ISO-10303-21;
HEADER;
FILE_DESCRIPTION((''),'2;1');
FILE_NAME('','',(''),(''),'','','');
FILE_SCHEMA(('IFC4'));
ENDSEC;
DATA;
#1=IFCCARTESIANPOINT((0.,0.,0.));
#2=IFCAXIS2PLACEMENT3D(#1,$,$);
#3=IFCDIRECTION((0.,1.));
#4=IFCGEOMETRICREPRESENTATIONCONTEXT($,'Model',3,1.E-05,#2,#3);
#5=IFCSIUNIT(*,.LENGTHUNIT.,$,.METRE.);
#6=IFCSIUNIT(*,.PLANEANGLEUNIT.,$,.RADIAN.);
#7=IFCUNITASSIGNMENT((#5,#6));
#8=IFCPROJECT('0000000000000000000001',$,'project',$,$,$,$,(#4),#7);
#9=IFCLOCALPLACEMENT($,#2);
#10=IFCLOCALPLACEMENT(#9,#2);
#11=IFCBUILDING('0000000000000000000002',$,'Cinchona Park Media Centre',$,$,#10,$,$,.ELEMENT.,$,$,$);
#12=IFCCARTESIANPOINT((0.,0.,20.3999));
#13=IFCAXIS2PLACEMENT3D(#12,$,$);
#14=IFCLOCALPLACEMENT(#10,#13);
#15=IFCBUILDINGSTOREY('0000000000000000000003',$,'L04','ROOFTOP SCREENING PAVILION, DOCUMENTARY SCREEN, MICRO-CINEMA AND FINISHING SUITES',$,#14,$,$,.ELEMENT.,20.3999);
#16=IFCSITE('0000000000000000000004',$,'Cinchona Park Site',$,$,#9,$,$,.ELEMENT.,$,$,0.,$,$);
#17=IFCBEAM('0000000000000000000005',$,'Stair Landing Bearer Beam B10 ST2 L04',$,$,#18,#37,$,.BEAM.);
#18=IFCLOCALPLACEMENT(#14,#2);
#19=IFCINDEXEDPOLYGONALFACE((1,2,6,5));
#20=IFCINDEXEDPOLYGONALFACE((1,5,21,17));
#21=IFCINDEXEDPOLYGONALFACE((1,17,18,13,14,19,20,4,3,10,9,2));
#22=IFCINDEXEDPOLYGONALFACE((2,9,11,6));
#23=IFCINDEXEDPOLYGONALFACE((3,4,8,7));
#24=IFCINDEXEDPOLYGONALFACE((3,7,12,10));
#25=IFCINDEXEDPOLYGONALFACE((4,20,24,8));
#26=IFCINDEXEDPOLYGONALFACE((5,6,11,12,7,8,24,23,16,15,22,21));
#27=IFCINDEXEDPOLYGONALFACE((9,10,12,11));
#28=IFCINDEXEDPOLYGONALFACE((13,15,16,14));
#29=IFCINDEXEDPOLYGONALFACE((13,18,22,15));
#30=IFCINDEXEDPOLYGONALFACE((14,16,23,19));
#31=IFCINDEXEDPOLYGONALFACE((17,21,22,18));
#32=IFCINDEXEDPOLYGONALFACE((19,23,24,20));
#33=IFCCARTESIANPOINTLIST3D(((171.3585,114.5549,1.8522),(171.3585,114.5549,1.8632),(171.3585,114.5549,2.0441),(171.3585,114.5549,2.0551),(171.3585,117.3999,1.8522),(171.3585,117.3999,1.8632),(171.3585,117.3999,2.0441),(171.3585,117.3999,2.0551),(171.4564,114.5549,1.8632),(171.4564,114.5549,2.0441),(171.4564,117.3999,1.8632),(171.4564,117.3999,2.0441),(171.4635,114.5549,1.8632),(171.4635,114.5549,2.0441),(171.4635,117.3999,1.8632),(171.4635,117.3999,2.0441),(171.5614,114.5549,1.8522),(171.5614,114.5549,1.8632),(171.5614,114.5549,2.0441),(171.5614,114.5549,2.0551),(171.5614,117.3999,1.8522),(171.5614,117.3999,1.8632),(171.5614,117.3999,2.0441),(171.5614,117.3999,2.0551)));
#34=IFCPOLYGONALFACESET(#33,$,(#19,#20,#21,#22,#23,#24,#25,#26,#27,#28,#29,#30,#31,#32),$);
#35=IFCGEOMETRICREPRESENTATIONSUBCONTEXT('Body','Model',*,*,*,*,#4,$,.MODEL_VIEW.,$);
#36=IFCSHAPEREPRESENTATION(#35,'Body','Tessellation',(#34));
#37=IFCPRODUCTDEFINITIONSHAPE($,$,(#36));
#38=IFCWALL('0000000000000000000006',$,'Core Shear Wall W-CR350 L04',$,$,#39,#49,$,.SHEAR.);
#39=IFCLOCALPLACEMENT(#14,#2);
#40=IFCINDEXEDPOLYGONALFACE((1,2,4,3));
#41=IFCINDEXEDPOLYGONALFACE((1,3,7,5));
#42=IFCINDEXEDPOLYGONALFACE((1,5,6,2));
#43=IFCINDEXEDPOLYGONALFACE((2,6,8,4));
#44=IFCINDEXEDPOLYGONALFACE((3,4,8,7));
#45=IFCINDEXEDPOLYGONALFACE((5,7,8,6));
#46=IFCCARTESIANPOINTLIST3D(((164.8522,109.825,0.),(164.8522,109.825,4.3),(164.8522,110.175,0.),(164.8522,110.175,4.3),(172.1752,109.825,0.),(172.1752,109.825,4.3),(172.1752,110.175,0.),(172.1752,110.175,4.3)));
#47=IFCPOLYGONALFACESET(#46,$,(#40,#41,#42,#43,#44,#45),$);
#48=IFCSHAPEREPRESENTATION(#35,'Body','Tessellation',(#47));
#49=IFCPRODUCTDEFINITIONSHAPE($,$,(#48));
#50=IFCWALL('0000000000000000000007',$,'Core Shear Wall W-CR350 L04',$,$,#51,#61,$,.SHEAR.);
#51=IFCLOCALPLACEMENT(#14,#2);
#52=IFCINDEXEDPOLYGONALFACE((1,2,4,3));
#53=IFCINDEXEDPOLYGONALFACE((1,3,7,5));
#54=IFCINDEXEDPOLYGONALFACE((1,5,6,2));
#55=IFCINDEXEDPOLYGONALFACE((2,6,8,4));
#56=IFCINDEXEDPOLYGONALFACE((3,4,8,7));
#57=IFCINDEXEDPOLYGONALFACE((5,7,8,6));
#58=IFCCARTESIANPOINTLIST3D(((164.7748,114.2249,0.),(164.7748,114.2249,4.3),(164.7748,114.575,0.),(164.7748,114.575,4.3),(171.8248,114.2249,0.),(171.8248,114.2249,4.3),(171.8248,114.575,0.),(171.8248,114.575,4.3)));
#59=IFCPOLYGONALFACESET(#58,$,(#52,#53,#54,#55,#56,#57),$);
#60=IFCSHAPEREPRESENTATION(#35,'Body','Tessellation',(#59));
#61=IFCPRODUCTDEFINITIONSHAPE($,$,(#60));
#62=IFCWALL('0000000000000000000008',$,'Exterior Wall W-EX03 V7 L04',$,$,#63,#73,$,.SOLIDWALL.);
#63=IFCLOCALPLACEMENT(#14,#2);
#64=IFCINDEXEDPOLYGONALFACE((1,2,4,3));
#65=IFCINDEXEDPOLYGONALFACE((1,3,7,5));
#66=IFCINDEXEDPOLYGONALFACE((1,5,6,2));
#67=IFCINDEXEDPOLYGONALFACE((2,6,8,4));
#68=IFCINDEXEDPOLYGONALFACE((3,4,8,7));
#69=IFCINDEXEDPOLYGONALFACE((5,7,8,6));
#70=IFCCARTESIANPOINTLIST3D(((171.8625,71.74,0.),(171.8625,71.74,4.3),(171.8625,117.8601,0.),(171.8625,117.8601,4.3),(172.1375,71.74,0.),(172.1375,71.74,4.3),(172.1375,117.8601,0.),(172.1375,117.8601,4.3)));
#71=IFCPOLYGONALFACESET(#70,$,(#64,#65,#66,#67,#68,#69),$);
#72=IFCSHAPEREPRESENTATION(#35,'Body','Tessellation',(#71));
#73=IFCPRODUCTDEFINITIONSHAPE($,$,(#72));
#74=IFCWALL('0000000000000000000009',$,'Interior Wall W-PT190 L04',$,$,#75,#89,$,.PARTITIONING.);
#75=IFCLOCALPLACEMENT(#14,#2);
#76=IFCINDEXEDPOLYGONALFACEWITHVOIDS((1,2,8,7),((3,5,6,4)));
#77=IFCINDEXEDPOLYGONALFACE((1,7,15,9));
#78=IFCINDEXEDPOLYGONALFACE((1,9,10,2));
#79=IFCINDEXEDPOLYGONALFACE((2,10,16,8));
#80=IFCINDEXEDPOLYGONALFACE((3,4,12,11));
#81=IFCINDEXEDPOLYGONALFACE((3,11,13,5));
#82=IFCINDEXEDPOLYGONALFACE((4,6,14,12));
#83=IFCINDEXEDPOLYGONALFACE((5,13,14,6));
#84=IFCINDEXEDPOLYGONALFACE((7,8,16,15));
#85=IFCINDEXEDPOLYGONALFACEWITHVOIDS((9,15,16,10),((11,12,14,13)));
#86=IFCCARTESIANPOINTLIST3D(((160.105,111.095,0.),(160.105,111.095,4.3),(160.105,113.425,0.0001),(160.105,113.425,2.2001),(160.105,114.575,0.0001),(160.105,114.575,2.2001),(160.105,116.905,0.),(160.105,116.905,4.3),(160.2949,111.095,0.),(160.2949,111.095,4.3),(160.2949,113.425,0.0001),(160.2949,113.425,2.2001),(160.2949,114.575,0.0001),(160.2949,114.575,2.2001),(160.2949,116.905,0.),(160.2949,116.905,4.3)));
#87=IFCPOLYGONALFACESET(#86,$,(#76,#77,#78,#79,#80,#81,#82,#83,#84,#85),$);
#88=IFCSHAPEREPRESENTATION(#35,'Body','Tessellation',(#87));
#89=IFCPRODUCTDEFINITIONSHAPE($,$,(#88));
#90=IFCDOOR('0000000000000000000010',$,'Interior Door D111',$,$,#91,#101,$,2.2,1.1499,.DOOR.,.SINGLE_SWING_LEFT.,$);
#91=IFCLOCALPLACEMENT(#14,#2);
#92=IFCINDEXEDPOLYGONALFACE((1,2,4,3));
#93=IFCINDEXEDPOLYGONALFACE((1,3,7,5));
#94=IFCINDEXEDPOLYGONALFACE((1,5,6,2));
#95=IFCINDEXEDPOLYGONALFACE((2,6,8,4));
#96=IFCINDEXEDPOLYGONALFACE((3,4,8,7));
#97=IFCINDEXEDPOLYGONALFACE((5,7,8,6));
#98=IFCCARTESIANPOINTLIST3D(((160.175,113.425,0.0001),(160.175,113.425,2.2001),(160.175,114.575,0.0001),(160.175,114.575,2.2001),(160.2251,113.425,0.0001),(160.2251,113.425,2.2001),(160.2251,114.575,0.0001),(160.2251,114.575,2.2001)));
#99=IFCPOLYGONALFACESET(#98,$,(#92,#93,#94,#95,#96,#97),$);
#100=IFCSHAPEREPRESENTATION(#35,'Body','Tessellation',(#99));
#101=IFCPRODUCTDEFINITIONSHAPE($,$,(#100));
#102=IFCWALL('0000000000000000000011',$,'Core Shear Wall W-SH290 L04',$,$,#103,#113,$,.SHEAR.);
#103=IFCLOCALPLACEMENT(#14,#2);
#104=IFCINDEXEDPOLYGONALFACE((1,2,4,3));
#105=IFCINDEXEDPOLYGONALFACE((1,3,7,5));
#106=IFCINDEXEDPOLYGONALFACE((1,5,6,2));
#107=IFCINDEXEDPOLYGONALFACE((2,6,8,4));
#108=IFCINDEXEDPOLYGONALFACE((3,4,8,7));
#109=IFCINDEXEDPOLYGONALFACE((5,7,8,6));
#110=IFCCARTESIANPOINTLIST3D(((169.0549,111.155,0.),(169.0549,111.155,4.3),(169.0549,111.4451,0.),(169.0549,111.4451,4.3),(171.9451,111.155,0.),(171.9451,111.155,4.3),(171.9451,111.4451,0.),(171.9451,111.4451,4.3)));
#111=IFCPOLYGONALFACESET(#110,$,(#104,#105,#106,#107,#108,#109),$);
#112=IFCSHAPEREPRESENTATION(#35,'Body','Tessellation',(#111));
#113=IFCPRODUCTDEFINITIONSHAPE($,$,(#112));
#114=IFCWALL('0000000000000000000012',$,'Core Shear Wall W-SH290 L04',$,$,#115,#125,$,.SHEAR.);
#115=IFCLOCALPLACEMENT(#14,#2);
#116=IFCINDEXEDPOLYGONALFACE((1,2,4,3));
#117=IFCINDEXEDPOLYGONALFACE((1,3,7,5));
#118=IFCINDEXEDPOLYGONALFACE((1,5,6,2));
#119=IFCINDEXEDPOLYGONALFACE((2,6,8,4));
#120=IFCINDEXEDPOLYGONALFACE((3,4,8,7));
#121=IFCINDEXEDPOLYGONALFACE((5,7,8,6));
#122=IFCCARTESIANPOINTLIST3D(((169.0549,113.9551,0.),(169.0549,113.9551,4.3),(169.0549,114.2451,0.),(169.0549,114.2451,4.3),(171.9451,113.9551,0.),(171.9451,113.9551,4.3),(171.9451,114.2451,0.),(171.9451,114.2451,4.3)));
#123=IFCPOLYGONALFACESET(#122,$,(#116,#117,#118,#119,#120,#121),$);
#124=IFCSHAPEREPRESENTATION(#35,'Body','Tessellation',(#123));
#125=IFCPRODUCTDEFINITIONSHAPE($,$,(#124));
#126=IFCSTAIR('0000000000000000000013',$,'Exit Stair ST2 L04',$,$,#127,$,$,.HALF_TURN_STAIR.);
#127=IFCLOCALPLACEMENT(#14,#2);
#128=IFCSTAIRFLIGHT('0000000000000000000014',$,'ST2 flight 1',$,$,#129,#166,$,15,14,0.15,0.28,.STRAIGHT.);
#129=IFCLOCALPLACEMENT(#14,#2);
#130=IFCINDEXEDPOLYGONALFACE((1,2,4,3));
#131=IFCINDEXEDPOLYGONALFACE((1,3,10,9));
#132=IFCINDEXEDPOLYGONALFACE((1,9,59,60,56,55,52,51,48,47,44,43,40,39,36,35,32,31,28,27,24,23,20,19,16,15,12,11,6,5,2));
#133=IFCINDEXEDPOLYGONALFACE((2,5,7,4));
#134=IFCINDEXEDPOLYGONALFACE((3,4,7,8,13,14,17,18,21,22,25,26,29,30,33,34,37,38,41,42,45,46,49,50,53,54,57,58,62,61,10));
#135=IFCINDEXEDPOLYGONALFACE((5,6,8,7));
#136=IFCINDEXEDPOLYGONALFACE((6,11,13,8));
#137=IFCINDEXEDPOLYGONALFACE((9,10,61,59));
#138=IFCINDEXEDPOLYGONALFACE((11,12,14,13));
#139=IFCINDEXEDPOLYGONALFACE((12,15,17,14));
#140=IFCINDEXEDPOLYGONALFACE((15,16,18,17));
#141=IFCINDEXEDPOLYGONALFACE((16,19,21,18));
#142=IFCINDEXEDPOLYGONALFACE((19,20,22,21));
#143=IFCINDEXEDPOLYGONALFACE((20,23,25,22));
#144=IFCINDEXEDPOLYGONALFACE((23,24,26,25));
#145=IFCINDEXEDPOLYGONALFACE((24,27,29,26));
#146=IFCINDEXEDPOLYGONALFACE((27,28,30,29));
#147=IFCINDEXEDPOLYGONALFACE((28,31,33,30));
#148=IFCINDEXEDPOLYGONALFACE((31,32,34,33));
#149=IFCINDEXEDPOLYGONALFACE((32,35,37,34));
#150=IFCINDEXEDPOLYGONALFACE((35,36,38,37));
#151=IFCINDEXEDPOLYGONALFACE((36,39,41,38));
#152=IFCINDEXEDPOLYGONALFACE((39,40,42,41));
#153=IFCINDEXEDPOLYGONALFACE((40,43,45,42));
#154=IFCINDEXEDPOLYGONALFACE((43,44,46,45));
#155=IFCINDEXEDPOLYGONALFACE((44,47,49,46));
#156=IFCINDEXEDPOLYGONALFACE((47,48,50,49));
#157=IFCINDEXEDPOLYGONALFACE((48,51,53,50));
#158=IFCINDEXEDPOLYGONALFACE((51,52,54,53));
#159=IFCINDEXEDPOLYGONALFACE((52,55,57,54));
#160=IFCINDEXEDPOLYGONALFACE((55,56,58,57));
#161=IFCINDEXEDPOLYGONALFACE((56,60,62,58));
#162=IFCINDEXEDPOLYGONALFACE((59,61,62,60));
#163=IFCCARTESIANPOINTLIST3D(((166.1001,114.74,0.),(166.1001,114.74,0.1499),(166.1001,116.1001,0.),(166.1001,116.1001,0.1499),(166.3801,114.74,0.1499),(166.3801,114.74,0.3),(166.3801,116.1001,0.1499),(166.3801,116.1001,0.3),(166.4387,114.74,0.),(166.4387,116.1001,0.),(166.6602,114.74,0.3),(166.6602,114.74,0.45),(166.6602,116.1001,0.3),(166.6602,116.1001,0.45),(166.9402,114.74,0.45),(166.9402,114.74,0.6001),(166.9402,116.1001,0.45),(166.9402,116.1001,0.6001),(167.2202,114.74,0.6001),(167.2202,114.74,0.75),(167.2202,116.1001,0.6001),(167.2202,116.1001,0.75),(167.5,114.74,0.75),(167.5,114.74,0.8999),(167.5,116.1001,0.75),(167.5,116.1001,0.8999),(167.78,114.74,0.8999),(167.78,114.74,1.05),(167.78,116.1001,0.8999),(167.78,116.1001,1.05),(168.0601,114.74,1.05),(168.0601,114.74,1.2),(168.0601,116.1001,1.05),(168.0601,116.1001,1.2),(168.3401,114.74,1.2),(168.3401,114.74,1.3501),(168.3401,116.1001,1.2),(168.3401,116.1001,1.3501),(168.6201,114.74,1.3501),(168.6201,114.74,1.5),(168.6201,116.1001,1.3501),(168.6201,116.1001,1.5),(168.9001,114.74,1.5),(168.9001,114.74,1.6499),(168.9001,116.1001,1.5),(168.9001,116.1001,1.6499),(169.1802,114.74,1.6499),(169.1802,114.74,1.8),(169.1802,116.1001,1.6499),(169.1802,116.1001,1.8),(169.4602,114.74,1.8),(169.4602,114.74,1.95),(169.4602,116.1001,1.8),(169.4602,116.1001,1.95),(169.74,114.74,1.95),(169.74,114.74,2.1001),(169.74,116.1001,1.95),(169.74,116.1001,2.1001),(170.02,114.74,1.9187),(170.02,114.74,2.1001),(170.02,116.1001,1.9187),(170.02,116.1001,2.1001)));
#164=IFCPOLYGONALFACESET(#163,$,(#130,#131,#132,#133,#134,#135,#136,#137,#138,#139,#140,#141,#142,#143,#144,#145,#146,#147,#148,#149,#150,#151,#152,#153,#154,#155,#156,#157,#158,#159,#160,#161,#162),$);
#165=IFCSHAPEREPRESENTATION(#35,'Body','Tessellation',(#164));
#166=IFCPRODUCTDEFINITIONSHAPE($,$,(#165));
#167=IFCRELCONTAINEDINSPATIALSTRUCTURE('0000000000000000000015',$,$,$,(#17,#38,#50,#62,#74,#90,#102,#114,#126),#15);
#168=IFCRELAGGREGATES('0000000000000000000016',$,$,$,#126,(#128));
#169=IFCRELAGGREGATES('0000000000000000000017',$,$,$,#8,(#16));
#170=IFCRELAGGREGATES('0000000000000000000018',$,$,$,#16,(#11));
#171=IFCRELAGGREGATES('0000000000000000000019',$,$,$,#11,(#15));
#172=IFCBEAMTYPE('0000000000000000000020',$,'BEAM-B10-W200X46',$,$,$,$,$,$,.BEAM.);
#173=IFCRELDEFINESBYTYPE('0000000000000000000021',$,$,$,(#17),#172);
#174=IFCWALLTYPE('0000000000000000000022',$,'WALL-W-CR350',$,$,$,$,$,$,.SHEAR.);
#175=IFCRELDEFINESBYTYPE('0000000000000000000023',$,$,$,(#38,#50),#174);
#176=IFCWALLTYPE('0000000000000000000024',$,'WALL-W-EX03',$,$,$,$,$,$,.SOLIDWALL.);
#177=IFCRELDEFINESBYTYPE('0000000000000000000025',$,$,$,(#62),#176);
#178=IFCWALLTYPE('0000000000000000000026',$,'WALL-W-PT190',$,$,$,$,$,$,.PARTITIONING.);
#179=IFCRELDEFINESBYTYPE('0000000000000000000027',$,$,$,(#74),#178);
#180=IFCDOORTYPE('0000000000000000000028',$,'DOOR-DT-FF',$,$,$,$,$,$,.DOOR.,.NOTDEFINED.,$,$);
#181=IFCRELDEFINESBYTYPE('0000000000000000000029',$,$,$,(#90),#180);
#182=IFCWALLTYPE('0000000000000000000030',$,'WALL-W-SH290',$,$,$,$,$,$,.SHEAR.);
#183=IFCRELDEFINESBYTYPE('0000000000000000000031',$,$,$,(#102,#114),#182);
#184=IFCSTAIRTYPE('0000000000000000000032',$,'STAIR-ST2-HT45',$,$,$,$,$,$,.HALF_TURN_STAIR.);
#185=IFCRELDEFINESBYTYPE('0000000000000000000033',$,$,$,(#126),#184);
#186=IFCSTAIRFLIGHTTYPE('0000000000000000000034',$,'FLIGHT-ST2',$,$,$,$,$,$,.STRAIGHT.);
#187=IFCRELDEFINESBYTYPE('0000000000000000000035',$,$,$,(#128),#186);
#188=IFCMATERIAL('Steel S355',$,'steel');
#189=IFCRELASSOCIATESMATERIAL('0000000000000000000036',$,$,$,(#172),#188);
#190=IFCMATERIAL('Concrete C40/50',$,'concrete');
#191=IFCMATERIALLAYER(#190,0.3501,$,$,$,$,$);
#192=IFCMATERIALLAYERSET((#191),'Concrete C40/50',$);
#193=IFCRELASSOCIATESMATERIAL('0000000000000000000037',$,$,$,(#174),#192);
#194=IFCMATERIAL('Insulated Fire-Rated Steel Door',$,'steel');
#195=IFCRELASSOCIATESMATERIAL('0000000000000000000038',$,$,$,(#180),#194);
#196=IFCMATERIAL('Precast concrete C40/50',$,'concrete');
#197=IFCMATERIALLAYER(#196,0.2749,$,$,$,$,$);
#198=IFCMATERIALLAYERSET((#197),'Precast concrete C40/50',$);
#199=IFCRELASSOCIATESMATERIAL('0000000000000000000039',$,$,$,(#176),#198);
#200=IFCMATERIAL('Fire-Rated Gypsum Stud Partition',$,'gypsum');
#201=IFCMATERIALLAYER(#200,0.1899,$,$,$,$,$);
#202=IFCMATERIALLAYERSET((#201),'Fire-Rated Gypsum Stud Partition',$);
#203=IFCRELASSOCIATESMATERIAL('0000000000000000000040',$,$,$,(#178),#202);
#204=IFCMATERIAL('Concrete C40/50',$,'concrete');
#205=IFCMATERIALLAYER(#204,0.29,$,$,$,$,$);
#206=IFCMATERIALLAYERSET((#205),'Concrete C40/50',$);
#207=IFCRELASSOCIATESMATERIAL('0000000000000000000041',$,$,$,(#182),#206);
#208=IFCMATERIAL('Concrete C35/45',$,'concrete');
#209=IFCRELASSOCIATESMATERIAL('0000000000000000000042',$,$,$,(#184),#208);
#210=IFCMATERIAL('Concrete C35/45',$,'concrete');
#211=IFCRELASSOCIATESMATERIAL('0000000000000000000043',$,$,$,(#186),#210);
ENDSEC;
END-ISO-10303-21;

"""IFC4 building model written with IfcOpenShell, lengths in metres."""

from ifc_helpers import new_model, si_unit, direction, frame, frame_2d, origin, origin_2d, place, context, subcontext, project, spatial, polyline, rectangle, i_section, outline, extrude, material, layer, layer_set, material_profile, profile_set, type_object, element, fill, aggregate, save


model = new_model("IFC4")

# Units and contexts
model_context = context("Model", 3, precision=1e-05, world=origin(), true_north=direction((0.0, 1.0)))
body_context = subcontext(model_context, "Body", "Model", "MODEL_VIEW")
ifc_project = project(units=[si_unit("LENGTHUNIT", "METRE"), si_unit("PLANEANGLEUNIT", "RADIAN")], contexts=[model_context])

# Site, building, storey
site_placement = place(None, origin())
site = spatial("IfcSite", under=ifc_project, at=site_placement, Name="Cinchona Park Site", CompositionType="ELEMENT", RefElevation=0.0)
building_placement = place(site_placement, origin())
building = spatial("IfcBuilding", under=site, at=building_placement, Name="Cinchona Park Media Centre", CompositionType="ELEMENT")
storey_placement = place(building_placement, frame((0.0, 0.0, 20.3999)))
storey = spatial("IfcBuildingStorey", under=building, at=storey_placement, Name="L04", Description="ROOFTOP SCREENING PAVILION, DOCUMENTARY SCREEN, MICRO-CINEMA AND FINISHING SUITES", CompositionType="ELEMENT", Elevation=20.3999)

# Beam
ifc_material_1 = material(Name="Steel S355", Category="steel")
ifc_material_profile_1 = material_profile(ifc_material_1, i_section(OverallWidth=0.2029, OverallDepth=0.2029, WebThickness=0.0071, FlangeThickness=0.011, at=origin_2d()), Name="W200X46")
ifc_profile_set_1 = profile_set([ifc_material_profile_1], Name="Steel S355")
beam_type_1 = type_object("IfcBeamType", Name="BEAM-B10-W200X46", PredefinedType="BEAM", material=ifc_profile_set_1)
for number, where, z_axis, x_axis, name in (
    (1, (171.46, 114.5549, 1.9536), (0.0, 1.0, 0.0), (-1.0, 0.0, 0.0), "Stair Landing Bearer Beam B10 ST2 L04"),
):
    element("IfcBeam", number, at=place(storey_placement, frame(where, z_axis=z_axis, x_axis=x_axis)), inside=storey, type_object=beam_type_1, Name=name, PredefinedType="BEAM", context=body_context, shape_type="SweptSolid", body=[
        extrude(i_section(OverallWidth=0.2029, OverallDepth=0.2029, WebThickness=0.0071, FlangeThickness=0.011, at=origin_2d()), origin(), (0.0, 0.0, 1.0), 2.845),
    ])

# Wall
ifc_material_2 = material(Name="Concrete C40/50", Category="concrete")
ifc_layer_1 = layer(ifc_material_2, 0.3501)
ifc_layer_set_1 = layer_set([ifc_layer_1], Name="Concrete C40/50")
wall_type_1 = type_object("IfcWallType", Name="WALL-W-CR350", PredefinedType="SHEAR", material=ifc_layer_set_1)
wall_1_placement = place(storey_placement, frame((164.8521, 110.0, 0.0), z_axis=(0.0, 0.0, 1.0), x_axis=(1.0, 0.0, 0.0)))
element("IfcWall", 2, at=wall_1_placement, inside=storey, type_object=wall_type_1, Name="Core Shear Wall W-CR350 L04", PredefinedType="SHEAR", context=body_context, shape_type="SweptSolid", body=[
    extrude(rectangle(XDim=7.323, YDim=0.3501, at=frame_2d((3.6616, 0.0))), origin(), (0.0, 0.0, 1.0), 4.3),
])

# Shared definitions
ifc_material_3 = material(Name="Insulated Fire-Rated Steel Door", Category="steel")
door_type_1 = type_object("IfcDoorType", Name="DOOR-DT-FF", OperationType="NOTDEFINED", PredefinedType="DOOR", material=ifc_material_3)

# Walls
wall_2_placement = place(storey_placement, frame((164.7749, 114.3999, 0.0), z_axis=(0.0, 0.0, 1.0), x_axis=(1.0, 0.0, 0.0)))
element("IfcWall", 3, at=wall_2_placement, inside=storey, type_object=wall_type_1, Name="Core Shear Wall W-CR350 L04", PredefinedType="SHEAR", context=body_context, shape_type="SweptSolid", body=[
    extrude(rectangle(XDim=7.05, YDim=0.3501, at=frame_2d((3.5249, 0.0))), origin(), (0.0, 0.0, 1.0), 4.3),
])
ifc_material_4 = material(Name="Precast concrete C40/50", Category="concrete")
ifc_layer_2 = layer(ifc_material_4, 0.2749)
ifc_layer_set_2 = layer_set([ifc_layer_2], Name="Precast concrete C40/50")
wall_type_2 = type_object("IfcWallType", Name="WALL-W-EX03", PredefinedType="SOLIDWALL", material=ifc_layer_set_2)
wall_3_placement = place(storey_placement, frame((172.0, 117.8601, 0.0), z_axis=(0.0, 0.0, 1.0), x_axis=(0.0, -1.0, 0.0)))
element("IfcWall", 4, at=wall_3_placement, inside=storey, type_object=wall_type_2, Name="Exterior Wall W-EX03 V7 L04", PredefinedType="SOLIDWALL", context=body_context, shape_type="SweptSolid", body=[
    extrude(rectangle(XDim=46.1201, YDim=0.2749, at=frame_2d((23.0601, 0.0))), origin(), (0.0, 0.0, 1.0), 4.3),
])

# Wall, opening, door
ifc_material_5 = material(Name="Fire-Rated Gypsum Stud Partition", Category="gypsum")
ifc_layer_3 = layer(ifc_material_5, 0.1899)
ifc_layer_set_3 = layer_set([ifc_layer_3], Name="Fire-Rated Gypsum Stud Partition")
wall_type_3 = type_object("IfcWallType", Name="WALL-W-PT190", PredefinedType="PARTITIONING", material=ifc_layer_set_3)
wall_4_placement = place(storey_placement, frame((160.2, 111.095, 0.0), z_axis=(0.0, 0.0, 1.0), x_axis=(0.0, 1.0, 0.0)))
wall_4 = element("IfcWall", 5, at=wall_4_placement, inside=storey, type_object=wall_type_3, Name="Interior Wall W-PT190 L04", PredefinedType="PARTITIONING", context=body_context, shape_type="SweptSolid", body=[
    extrude(rectangle(XDim=5.8101, YDim=0.1899, at=frame_2d((2.905, 0.0))), origin(), (0.0, 0.0, 1.0), 4.3),
])
opening_1_placement = place(wall_4_placement, frame((2.3301, 0.0, 0.0)))
opening_1 = element("IfcOpeningElement", 6, at=opening_1_placement, cuts=wall_4, PredefinedType="OPENING", context=body_context, shape_type="SweptSolid", body=[
    extrude(rectangle(XDim=1.1499, YDim=2.2, at=frame_2d((0.575, 1.1001))), frame((0.0, 0.105, 0.0), z_axis=(0.0, -1.0, 0.0), x_axis=(1.0, 0.0, 0.0)), (0.0, 0.0, 1.0), 0.21),
])
door_1_placement = place(opening_1_placement, origin())
door_1 = element("IfcDoor", 7, at=door_1_placement, inside=storey, type_object=door_type_1, Name="Interior Door D111", OperationType="SINGLE_SWING_LEFT", OverallHeight=2.2, OverallWidth=1.1499, PredefinedType="DOOR", context=body_context, shape_type="SweptSolid", body=[
    extrude(rectangle(XDim=1.1499, YDim=2.2, at=frame_2d((0.575, 1.1001))), frame((0.0, 0.0249, 0.0), z_axis=(0.0, -1.0, 0.0), x_axis=(1.0, 0.0, 0.0)), (0.0, 0.0, 1.0), 0.05),
])
fill(opening_1, door_1)

# Walls
ifc_material_6 = material(Name="Concrete C40/50", Category="concrete")
ifc_layer_4 = layer(ifc_material_6, 0.29)
ifc_layer_set_4 = layer_set([ifc_layer_4], Name="Concrete C40/50")
wall_type_4 = type_object("IfcWallType", Name="WALL-W-SH290", PredefinedType="SHEAR", material=ifc_layer_set_4)
for number, where, z_axis, x_axis, name in (
    (8, (169.0549, 111.3, 0.0), (0.0, 0.0, 1.0), (1.0, 0.0, 0.0), "Core Shear Wall W-SH290 L04"),
    (9, (169.0549, 114.1001, 0.0), (0.0, 0.0, 1.0), (1.0, 0.0, 0.0), "Core Shear Wall W-SH290 L04"),
):
    element("IfcWall", number, at=place(storey_placement, frame(where, z_axis=z_axis, x_axis=x_axis)), inside=storey, type_object=wall_type_4, Name=name, PredefinedType="SHEAR", context=body_context, shape_type="SweptSolid", body=[
        extrude(rectangle(XDim=2.8901, YDim=0.29, at=frame_2d((1.4451, 0.0))), origin(), (0.0, 0.0, 1.0), 4.3),
    ])

# Stair, stair flight
ifc_material_7 = material(Name="Concrete C35/45", Category="concrete")
stair_type = type_object("IfcStairType", Name="STAIR-ST2-HT45", PredefinedType="HALF_TURN_STAIR", material=ifc_material_7)
stair_placement = place(storey_placement, origin())
stair = element("IfcStair", 10, at=stair_placement, inside=storey, type_object=stair_type, Name="Exit Stair ST2 L04", PredefinedType="HALF_TURN_STAIR")
ifc_material_8 = material(Name="Concrete C35/45", Category="concrete")
stair_flight_type = type_object("IfcStairFlightType", Name="FLIGHT-ST2", PredefinedType="STRAIGHT", material=ifc_material_8)
stair_flight_1_placement = place(storey_placement, frame((166.1001, 115.4199, 0.0), z_axis=(0.0, 0.0, 1.0), x_axis=(1.0, 0.0, 0.0)))
stair_flight_1 = element("IfcStairFlight", 11, at=stair_flight_1_placement, type_object=stair_flight_type, Name="ST2 flight 1", NumberOfRisers=15, NumberOfTreads=14, PredefinedType="STRAIGHT", RiserHeight=0.15, TreadLength=0.28, context=body_context, shape_type="SweptSolid", body=[
    extrude(outline(polyline([(0.0, 0.0), (0.0, 0.1499), (0.28, 0.1499), (0.28, 0.3), (0.5601, 0.3), (0.5601, 0.45), (0.8401, 0.45), (0.8401, 0.6001), (1.1201, 0.6001), (1.1201, 0.75), (1.3999, 0.75), (1.3999, 0.8999), (1.6799, 0.8999), (1.6799, 1.05), (1.96, 1.05), (1.96, 1.2), (2.24, 1.2), (2.24, 1.3501), (2.52, 1.3501), (2.52, 1.5), (2.8, 1.5), (2.8, 1.6499), (3.0801, 1.6499), (3.0801, 1.8), (3.3601, 1.8), (3.3601, 1.95), (3.6399, 1.95), (3.6399, 2.1001), (3.9199, 2.1001), (3.9199, 2.25), (3.9199, 1.9187), (0.3386, 0.0), (0.0, 0.0)])), frame((0.0, 0.6802, 0.0), z_axis=(0.0, -1.0, 0.0), x_axis=(1.0, 0.0, 0.0)), (0.0, 0.0, 1.0), 1.3601),
])
aggregate(stair, [stair_flight_1])

save(model, "model.ifc")
